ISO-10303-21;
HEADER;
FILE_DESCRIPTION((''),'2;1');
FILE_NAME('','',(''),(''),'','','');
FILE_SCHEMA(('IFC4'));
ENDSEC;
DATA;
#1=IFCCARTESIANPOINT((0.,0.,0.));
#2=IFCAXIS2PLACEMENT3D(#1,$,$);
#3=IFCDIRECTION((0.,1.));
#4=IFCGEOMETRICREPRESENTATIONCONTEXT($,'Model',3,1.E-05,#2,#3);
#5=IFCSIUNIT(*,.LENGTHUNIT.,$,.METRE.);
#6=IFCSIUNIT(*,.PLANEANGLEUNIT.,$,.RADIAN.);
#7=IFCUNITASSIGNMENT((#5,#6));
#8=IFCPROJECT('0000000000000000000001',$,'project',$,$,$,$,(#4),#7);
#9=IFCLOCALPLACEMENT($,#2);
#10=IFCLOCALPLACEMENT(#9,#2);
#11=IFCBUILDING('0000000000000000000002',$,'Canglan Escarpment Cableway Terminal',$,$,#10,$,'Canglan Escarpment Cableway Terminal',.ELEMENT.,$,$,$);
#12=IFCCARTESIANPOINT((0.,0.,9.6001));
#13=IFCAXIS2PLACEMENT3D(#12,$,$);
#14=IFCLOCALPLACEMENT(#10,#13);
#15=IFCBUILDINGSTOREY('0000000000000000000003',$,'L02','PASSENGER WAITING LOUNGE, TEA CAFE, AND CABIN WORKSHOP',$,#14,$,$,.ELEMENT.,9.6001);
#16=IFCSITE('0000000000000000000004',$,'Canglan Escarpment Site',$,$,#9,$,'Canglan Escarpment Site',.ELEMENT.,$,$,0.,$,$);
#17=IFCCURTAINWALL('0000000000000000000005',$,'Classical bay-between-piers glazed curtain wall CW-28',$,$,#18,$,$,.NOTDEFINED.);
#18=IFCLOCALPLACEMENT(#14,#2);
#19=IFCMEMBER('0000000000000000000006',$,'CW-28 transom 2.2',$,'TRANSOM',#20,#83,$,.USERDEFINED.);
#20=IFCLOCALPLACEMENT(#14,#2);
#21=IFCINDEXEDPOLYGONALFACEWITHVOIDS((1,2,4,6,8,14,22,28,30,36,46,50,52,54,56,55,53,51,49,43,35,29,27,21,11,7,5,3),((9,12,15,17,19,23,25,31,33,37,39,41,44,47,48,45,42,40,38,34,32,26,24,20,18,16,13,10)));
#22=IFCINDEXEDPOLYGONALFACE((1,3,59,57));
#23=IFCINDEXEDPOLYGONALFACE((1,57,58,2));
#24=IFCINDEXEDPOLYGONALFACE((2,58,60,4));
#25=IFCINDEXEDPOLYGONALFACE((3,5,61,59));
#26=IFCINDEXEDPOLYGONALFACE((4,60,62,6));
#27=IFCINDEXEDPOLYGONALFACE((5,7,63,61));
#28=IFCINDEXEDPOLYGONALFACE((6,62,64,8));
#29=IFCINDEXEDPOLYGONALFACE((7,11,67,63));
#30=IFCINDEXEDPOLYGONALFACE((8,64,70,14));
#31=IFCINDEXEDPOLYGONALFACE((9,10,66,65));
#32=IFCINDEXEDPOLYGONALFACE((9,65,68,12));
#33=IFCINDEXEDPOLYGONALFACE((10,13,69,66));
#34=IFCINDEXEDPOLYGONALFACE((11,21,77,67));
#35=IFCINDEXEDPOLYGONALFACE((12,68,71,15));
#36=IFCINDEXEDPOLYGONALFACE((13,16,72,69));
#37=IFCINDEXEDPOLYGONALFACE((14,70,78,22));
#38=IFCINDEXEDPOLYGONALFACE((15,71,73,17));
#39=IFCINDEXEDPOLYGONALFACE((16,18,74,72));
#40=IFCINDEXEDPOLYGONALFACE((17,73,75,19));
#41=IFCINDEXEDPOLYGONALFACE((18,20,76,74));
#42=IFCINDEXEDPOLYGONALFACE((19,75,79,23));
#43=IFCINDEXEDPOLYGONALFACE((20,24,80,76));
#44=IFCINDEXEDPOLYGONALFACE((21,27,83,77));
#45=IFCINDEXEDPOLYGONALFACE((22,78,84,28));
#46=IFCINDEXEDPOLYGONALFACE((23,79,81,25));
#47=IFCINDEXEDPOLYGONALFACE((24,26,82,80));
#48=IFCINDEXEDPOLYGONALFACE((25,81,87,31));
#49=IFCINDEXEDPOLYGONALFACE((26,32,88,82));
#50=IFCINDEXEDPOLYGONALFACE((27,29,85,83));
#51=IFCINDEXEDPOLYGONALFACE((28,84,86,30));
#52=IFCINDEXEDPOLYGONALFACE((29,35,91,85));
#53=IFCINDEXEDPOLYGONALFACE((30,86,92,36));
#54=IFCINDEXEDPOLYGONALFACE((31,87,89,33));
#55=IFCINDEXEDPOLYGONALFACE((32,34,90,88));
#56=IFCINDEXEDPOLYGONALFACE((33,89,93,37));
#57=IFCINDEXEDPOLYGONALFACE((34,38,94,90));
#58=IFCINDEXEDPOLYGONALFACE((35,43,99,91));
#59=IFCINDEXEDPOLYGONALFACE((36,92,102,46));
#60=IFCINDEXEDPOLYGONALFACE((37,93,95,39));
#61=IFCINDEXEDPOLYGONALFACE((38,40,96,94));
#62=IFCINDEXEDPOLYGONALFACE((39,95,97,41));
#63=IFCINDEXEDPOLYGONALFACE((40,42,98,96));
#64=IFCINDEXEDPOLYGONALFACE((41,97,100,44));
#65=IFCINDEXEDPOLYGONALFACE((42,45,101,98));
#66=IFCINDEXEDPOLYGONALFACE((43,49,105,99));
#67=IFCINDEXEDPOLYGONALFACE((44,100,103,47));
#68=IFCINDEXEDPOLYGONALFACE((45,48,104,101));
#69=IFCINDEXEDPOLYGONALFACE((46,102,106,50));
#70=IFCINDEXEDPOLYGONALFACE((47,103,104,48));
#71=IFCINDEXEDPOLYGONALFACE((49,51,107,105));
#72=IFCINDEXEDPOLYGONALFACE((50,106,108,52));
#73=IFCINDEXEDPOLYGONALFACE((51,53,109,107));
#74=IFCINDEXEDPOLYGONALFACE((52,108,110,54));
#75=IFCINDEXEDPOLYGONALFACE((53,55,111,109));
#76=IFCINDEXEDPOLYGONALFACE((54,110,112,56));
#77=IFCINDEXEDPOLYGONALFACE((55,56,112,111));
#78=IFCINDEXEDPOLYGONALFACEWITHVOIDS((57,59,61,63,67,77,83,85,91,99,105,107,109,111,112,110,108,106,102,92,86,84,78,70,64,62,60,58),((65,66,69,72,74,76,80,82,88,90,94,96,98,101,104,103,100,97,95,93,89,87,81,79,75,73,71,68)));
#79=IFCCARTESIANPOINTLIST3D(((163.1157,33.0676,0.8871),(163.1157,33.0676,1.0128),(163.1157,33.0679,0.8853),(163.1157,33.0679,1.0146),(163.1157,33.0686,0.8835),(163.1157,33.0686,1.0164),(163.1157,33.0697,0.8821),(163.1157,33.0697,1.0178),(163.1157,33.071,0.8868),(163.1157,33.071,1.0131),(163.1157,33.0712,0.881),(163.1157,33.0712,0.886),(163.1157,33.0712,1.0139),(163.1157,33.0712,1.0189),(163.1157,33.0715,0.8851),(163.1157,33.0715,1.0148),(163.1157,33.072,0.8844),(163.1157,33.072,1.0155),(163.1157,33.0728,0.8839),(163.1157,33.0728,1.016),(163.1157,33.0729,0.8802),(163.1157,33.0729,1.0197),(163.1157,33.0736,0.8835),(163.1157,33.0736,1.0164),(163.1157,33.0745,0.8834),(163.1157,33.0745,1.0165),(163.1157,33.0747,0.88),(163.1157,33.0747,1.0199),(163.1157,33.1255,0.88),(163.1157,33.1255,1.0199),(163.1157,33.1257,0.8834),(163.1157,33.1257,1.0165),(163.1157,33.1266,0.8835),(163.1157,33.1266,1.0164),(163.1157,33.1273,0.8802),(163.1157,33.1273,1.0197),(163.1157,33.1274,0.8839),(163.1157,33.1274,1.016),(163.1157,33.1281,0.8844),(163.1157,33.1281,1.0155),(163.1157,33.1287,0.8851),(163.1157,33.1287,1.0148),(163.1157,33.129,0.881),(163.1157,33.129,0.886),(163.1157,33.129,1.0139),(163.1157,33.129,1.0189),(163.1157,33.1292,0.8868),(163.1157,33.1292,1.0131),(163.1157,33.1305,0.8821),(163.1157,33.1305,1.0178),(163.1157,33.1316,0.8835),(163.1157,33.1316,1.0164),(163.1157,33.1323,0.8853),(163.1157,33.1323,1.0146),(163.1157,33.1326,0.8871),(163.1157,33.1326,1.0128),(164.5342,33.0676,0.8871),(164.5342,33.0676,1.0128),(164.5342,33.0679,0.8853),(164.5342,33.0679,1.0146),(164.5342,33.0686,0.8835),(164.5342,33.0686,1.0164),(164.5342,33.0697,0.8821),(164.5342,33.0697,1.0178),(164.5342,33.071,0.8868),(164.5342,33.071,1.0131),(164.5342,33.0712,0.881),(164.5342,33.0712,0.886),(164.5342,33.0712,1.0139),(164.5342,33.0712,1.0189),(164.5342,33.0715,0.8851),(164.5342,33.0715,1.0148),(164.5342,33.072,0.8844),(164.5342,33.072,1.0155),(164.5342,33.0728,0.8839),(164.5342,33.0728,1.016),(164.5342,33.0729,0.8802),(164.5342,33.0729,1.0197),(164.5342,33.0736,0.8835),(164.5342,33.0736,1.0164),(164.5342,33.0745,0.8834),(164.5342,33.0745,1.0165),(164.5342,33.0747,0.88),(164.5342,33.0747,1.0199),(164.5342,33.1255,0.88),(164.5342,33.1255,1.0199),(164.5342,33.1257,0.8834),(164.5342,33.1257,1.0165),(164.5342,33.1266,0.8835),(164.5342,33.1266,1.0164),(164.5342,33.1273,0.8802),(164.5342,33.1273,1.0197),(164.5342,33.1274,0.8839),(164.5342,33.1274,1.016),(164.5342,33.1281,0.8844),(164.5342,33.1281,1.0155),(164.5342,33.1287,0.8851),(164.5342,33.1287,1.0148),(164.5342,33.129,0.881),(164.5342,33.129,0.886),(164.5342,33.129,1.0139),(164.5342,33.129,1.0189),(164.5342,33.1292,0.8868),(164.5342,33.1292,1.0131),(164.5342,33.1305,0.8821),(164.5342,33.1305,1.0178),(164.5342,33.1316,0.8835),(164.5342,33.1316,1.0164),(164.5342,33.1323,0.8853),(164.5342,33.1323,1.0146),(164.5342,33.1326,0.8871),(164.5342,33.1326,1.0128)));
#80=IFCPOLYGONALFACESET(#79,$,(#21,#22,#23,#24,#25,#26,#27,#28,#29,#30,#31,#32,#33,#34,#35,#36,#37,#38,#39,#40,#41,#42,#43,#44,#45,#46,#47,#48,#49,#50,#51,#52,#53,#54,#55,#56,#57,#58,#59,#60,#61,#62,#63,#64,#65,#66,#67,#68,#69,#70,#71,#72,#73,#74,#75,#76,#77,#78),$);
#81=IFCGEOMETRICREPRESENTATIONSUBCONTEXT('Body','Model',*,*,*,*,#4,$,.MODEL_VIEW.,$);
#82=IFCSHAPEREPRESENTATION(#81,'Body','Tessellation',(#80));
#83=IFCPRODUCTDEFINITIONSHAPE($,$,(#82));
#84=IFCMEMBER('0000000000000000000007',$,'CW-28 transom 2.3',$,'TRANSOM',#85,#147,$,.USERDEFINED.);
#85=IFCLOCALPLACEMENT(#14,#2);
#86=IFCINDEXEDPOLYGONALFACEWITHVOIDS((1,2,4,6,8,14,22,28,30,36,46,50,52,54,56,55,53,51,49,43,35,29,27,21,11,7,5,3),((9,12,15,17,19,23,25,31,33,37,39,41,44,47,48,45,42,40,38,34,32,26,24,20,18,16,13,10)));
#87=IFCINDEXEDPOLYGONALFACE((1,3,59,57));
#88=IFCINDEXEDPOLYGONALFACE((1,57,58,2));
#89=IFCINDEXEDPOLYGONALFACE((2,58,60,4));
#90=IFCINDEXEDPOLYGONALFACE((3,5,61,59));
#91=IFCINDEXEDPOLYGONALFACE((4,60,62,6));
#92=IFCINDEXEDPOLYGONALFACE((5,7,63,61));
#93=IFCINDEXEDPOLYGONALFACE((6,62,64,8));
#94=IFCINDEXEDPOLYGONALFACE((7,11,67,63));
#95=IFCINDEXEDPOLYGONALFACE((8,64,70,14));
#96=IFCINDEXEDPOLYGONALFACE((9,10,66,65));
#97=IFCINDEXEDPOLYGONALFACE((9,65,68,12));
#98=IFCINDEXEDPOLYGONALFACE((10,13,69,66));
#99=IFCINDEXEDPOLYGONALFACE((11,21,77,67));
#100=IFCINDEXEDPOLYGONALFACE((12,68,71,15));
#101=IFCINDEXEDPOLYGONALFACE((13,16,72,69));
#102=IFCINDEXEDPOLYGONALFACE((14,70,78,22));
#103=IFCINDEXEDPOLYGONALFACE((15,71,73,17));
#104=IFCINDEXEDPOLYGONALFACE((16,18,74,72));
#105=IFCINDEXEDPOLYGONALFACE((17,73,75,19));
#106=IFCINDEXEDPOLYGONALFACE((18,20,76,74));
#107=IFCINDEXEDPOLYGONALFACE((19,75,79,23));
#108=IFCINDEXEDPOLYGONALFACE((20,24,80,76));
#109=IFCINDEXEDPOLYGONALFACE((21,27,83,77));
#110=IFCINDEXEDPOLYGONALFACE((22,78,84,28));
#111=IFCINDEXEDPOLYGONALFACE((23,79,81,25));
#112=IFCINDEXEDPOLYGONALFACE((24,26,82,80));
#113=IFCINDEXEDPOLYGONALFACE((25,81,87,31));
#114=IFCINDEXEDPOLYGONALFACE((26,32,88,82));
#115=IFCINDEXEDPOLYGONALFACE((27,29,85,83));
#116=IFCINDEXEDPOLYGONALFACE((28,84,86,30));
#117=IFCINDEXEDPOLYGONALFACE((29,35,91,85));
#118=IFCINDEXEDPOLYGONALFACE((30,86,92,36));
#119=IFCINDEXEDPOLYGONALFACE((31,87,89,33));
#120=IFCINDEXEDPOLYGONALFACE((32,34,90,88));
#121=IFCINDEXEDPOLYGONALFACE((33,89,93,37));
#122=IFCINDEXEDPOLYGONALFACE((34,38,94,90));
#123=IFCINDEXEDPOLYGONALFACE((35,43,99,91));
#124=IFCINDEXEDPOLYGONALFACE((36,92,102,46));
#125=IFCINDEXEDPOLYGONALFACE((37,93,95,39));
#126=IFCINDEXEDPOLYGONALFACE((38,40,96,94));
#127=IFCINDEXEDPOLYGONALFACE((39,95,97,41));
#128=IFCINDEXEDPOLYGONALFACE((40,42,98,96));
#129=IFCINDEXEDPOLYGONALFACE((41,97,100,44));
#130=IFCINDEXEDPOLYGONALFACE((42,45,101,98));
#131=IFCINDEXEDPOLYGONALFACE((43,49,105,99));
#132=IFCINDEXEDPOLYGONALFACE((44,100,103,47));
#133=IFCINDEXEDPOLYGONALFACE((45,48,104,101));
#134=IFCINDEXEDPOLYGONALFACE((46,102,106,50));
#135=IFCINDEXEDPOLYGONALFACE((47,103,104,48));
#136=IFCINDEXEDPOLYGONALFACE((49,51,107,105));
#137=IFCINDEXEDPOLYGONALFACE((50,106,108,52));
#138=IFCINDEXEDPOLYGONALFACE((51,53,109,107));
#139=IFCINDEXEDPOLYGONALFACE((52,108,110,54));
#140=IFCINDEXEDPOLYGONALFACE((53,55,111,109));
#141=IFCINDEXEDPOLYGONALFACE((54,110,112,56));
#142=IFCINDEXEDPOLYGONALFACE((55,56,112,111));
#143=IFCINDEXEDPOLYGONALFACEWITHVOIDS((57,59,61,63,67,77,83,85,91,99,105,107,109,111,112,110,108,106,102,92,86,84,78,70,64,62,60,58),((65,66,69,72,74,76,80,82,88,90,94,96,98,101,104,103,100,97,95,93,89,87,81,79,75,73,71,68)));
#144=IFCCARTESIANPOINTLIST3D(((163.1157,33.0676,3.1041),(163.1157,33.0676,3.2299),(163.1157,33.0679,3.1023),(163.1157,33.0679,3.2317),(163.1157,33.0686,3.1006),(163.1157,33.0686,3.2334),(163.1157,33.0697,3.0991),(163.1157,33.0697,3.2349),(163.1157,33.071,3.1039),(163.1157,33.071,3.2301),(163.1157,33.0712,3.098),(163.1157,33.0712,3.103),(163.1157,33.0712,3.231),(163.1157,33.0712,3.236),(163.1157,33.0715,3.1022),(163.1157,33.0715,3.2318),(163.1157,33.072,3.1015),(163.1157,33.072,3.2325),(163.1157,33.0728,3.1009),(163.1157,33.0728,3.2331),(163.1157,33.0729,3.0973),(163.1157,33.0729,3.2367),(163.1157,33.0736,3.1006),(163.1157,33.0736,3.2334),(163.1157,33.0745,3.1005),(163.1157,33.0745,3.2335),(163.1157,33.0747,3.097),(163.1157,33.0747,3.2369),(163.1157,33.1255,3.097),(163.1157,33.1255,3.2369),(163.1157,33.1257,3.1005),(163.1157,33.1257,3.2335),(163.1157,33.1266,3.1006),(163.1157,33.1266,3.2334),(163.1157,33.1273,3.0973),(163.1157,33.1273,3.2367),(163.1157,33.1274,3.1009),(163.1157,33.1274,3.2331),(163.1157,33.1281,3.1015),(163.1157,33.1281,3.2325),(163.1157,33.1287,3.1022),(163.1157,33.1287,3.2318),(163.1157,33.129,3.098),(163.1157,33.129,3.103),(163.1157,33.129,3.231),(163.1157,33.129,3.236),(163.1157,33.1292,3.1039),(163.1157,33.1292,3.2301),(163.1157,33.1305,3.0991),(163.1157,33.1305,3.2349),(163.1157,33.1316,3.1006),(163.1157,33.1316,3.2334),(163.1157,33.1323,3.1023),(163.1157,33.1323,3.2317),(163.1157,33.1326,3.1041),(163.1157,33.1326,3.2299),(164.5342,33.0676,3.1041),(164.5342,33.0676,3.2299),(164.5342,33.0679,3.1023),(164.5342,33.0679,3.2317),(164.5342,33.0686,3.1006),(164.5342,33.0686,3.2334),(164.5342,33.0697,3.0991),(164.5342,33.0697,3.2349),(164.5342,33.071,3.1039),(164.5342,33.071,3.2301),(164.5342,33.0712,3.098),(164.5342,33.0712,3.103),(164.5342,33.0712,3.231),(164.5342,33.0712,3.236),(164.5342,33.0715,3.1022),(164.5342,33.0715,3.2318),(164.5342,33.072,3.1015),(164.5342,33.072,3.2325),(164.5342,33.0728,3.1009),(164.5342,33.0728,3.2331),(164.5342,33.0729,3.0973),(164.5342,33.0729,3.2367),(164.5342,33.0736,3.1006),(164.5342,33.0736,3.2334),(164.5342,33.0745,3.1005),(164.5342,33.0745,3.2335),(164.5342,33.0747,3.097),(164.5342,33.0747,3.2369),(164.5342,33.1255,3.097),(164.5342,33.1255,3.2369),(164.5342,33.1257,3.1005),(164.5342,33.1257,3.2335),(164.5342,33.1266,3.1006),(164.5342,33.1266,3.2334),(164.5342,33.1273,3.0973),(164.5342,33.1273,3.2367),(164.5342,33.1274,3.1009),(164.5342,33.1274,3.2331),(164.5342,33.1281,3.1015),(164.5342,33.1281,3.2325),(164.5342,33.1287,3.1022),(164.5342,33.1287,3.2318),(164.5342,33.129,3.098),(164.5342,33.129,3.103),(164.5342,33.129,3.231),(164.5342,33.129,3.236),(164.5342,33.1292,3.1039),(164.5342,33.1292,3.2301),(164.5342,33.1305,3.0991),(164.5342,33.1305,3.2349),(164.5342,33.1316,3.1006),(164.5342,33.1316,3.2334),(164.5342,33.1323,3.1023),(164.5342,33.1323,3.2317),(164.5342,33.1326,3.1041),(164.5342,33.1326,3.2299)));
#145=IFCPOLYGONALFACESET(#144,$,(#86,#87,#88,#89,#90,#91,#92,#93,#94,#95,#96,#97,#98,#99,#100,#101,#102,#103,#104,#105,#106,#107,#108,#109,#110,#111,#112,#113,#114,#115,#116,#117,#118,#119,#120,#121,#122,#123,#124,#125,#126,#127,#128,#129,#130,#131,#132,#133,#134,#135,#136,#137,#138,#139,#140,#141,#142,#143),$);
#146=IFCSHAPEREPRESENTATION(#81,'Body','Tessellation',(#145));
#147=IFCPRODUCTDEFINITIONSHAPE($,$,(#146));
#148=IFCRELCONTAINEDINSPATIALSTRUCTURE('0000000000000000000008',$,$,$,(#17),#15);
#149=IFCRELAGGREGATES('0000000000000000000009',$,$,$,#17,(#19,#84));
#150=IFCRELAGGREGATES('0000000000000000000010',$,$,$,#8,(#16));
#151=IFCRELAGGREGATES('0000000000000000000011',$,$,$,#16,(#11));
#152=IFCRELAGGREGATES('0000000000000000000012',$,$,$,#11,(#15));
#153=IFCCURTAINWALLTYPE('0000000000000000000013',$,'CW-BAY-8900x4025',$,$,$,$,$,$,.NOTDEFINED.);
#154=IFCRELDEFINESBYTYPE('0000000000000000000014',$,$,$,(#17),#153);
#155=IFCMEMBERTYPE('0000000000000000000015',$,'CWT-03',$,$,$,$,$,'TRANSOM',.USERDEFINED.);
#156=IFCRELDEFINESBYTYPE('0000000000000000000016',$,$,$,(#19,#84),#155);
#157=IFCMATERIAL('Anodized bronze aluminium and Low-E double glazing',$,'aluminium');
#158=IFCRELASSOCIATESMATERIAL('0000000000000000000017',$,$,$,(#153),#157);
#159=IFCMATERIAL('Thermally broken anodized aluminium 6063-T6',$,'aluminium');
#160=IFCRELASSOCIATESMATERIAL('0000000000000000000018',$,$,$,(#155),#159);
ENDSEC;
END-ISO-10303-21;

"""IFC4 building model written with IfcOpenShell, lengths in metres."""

from ifc_helpers import new_model, si_unit, direction, frame, origin, origin_2d, place, context, subcontext, project, spatial, hollow_rectangle, extrude, material, material_profile, profile_set, type_object, element, aggregate, save


model = new_model("IFC4")

# Units and contexts
model_context = context("Model", 3, precision=1e-05, world=origin(), true_north=direction((0.0, 1.0)))
body_context = subcontext(model_context, "Body", "Model", "MODEL_VIEW")
ifc_project = project(units=[si_unit("LENGTHUNIT", "METRE"), si_unit("PLANEANGLEUNIT", "RADIAN")], contexts=[model_context])

# Site, building, storey
site_placement = place(None, origin())
site = spatial("IfcSite", under=ifc_project, at=site_placement, Name="Canglan Escarpment Site", LongName="Canglan Escarpment Site", CompositionType="ELEMENT", RefElevation=0.0)
building_placement = place(site_placement, origin())
building = spatial("IfcBuilding", under=site, at=building_placement, Name="Canglan Escarpment Cableway Terminal", LongName="Canglan Escarpment Cableway Terminal", CompositionType="ELEMENT")
storey_placement = place(building_placement, frame((0.0, 0.0, 9.6001)))
storey = spatial("IfcBuildingStorey", under=building, at=storey_placement, Name="L02", Description="PASSENGER WAITING LOUNGE, TEA CAFE, AND CABIN WORKSHOP", CompositionType="ELEMENT", Elevation=9.6001)

# Curtain wall
ifc_material_1 = material(Name="Anodized bronze aluminium and Low-E double glazing", Category="aluminium")
ifc_material_2 = material(Name="Thermally broken anodized aluminium 6063-T6", Category="aluminium")
curtain_wall_type_1 = type_object("IfcCurtainWallType", Name="CW-BAY-8900x4025", PredefinedType="NOTDEFINED", material=ifc_material_1)
curtain_wall_1_placement = place(storey_placement, origin())
curtain_wall_1 = element("IfcCurtainWall", 1, at=curtain_wall_1_placement, inside=storey, type_object=curtain_wall_type_1, Name="Classical bay-between-piers glazed curtain wall CW-28", PredefinedType="NOTDEFINED")

# Members
ifc_material_profile_1 = material_profile(ifc_material_2, hollow_rectangle(XDim=0.0649, YDim=0.1399, WallThickness=0.0034, InnerFilletRadius=0.0034, OuterFilletRadius=0.0071, at=origin_2d()), Name="ALU-TRAN 65x140x3.5")
ifc_profile_set_1 = profile_set([ifc_material_profile_1], Name="Thermally broken anodized aluminium 6063-T6")
member_type_1 = type_object("IfcMemberType", Name="CWT-03", ElementType="TRANSOM", PredefinedType="USERDEFINED", material=ifc_profile_set_1)
member_1_placement = place(storey_placement, frame((164.5342, 33.1001, 0.95), z_axis=(-1.0, 0.0, 0.0), x_axis=(0.0, -1.0, 0.0)))
member_1 = element("IfcMember", 2, at=member_1_placement, type_object=member_type_1, Name="CW-28 transom 2.2", ObjectType="TRANSOM", PredefinedType="USERDEFINED", context=body_context, shape_type="SweptSolid", body=[
    extrude(hollow_rectangle(XDim=0.0649, YDim=0.1399, WallThickness=0.0034, InnerFilletRadius=0.0034, OuterFilletRadius=0.0071, at=origin_2d()), origin(), (0.0, 0.0, 1.0), 1.4185),
])
member_2_placement = place(storey_placement, frame((164.5342, 33.1001, 3.167), z_axis=(-1.0, 0.0, 0.0), x_axis=(0.0, -1.0, 0.0)))
member_2 = element("IfcMember", 3, at=member_2_placement, type_object=member_type_1, Name="CW-28 transom 2.3", ObjectType="TRANSOM", PredefinedType="USERDEFINED", context=body_context, shape_type="SweptSolid", body=[
    extrude(hollow_rectangle(XDim=0.0649, YDim=0.1399, WallThickness=0.0034, InnerFilletRadius=0.0034, OuterFilletRadius=0.0071, at=origin_2d()), origin(), (0.0, 0.0, 1.0), 1.4185),
])

aggregate(curtain_wall_1, [member_1, member_2])

save(model, "model.ifc")
